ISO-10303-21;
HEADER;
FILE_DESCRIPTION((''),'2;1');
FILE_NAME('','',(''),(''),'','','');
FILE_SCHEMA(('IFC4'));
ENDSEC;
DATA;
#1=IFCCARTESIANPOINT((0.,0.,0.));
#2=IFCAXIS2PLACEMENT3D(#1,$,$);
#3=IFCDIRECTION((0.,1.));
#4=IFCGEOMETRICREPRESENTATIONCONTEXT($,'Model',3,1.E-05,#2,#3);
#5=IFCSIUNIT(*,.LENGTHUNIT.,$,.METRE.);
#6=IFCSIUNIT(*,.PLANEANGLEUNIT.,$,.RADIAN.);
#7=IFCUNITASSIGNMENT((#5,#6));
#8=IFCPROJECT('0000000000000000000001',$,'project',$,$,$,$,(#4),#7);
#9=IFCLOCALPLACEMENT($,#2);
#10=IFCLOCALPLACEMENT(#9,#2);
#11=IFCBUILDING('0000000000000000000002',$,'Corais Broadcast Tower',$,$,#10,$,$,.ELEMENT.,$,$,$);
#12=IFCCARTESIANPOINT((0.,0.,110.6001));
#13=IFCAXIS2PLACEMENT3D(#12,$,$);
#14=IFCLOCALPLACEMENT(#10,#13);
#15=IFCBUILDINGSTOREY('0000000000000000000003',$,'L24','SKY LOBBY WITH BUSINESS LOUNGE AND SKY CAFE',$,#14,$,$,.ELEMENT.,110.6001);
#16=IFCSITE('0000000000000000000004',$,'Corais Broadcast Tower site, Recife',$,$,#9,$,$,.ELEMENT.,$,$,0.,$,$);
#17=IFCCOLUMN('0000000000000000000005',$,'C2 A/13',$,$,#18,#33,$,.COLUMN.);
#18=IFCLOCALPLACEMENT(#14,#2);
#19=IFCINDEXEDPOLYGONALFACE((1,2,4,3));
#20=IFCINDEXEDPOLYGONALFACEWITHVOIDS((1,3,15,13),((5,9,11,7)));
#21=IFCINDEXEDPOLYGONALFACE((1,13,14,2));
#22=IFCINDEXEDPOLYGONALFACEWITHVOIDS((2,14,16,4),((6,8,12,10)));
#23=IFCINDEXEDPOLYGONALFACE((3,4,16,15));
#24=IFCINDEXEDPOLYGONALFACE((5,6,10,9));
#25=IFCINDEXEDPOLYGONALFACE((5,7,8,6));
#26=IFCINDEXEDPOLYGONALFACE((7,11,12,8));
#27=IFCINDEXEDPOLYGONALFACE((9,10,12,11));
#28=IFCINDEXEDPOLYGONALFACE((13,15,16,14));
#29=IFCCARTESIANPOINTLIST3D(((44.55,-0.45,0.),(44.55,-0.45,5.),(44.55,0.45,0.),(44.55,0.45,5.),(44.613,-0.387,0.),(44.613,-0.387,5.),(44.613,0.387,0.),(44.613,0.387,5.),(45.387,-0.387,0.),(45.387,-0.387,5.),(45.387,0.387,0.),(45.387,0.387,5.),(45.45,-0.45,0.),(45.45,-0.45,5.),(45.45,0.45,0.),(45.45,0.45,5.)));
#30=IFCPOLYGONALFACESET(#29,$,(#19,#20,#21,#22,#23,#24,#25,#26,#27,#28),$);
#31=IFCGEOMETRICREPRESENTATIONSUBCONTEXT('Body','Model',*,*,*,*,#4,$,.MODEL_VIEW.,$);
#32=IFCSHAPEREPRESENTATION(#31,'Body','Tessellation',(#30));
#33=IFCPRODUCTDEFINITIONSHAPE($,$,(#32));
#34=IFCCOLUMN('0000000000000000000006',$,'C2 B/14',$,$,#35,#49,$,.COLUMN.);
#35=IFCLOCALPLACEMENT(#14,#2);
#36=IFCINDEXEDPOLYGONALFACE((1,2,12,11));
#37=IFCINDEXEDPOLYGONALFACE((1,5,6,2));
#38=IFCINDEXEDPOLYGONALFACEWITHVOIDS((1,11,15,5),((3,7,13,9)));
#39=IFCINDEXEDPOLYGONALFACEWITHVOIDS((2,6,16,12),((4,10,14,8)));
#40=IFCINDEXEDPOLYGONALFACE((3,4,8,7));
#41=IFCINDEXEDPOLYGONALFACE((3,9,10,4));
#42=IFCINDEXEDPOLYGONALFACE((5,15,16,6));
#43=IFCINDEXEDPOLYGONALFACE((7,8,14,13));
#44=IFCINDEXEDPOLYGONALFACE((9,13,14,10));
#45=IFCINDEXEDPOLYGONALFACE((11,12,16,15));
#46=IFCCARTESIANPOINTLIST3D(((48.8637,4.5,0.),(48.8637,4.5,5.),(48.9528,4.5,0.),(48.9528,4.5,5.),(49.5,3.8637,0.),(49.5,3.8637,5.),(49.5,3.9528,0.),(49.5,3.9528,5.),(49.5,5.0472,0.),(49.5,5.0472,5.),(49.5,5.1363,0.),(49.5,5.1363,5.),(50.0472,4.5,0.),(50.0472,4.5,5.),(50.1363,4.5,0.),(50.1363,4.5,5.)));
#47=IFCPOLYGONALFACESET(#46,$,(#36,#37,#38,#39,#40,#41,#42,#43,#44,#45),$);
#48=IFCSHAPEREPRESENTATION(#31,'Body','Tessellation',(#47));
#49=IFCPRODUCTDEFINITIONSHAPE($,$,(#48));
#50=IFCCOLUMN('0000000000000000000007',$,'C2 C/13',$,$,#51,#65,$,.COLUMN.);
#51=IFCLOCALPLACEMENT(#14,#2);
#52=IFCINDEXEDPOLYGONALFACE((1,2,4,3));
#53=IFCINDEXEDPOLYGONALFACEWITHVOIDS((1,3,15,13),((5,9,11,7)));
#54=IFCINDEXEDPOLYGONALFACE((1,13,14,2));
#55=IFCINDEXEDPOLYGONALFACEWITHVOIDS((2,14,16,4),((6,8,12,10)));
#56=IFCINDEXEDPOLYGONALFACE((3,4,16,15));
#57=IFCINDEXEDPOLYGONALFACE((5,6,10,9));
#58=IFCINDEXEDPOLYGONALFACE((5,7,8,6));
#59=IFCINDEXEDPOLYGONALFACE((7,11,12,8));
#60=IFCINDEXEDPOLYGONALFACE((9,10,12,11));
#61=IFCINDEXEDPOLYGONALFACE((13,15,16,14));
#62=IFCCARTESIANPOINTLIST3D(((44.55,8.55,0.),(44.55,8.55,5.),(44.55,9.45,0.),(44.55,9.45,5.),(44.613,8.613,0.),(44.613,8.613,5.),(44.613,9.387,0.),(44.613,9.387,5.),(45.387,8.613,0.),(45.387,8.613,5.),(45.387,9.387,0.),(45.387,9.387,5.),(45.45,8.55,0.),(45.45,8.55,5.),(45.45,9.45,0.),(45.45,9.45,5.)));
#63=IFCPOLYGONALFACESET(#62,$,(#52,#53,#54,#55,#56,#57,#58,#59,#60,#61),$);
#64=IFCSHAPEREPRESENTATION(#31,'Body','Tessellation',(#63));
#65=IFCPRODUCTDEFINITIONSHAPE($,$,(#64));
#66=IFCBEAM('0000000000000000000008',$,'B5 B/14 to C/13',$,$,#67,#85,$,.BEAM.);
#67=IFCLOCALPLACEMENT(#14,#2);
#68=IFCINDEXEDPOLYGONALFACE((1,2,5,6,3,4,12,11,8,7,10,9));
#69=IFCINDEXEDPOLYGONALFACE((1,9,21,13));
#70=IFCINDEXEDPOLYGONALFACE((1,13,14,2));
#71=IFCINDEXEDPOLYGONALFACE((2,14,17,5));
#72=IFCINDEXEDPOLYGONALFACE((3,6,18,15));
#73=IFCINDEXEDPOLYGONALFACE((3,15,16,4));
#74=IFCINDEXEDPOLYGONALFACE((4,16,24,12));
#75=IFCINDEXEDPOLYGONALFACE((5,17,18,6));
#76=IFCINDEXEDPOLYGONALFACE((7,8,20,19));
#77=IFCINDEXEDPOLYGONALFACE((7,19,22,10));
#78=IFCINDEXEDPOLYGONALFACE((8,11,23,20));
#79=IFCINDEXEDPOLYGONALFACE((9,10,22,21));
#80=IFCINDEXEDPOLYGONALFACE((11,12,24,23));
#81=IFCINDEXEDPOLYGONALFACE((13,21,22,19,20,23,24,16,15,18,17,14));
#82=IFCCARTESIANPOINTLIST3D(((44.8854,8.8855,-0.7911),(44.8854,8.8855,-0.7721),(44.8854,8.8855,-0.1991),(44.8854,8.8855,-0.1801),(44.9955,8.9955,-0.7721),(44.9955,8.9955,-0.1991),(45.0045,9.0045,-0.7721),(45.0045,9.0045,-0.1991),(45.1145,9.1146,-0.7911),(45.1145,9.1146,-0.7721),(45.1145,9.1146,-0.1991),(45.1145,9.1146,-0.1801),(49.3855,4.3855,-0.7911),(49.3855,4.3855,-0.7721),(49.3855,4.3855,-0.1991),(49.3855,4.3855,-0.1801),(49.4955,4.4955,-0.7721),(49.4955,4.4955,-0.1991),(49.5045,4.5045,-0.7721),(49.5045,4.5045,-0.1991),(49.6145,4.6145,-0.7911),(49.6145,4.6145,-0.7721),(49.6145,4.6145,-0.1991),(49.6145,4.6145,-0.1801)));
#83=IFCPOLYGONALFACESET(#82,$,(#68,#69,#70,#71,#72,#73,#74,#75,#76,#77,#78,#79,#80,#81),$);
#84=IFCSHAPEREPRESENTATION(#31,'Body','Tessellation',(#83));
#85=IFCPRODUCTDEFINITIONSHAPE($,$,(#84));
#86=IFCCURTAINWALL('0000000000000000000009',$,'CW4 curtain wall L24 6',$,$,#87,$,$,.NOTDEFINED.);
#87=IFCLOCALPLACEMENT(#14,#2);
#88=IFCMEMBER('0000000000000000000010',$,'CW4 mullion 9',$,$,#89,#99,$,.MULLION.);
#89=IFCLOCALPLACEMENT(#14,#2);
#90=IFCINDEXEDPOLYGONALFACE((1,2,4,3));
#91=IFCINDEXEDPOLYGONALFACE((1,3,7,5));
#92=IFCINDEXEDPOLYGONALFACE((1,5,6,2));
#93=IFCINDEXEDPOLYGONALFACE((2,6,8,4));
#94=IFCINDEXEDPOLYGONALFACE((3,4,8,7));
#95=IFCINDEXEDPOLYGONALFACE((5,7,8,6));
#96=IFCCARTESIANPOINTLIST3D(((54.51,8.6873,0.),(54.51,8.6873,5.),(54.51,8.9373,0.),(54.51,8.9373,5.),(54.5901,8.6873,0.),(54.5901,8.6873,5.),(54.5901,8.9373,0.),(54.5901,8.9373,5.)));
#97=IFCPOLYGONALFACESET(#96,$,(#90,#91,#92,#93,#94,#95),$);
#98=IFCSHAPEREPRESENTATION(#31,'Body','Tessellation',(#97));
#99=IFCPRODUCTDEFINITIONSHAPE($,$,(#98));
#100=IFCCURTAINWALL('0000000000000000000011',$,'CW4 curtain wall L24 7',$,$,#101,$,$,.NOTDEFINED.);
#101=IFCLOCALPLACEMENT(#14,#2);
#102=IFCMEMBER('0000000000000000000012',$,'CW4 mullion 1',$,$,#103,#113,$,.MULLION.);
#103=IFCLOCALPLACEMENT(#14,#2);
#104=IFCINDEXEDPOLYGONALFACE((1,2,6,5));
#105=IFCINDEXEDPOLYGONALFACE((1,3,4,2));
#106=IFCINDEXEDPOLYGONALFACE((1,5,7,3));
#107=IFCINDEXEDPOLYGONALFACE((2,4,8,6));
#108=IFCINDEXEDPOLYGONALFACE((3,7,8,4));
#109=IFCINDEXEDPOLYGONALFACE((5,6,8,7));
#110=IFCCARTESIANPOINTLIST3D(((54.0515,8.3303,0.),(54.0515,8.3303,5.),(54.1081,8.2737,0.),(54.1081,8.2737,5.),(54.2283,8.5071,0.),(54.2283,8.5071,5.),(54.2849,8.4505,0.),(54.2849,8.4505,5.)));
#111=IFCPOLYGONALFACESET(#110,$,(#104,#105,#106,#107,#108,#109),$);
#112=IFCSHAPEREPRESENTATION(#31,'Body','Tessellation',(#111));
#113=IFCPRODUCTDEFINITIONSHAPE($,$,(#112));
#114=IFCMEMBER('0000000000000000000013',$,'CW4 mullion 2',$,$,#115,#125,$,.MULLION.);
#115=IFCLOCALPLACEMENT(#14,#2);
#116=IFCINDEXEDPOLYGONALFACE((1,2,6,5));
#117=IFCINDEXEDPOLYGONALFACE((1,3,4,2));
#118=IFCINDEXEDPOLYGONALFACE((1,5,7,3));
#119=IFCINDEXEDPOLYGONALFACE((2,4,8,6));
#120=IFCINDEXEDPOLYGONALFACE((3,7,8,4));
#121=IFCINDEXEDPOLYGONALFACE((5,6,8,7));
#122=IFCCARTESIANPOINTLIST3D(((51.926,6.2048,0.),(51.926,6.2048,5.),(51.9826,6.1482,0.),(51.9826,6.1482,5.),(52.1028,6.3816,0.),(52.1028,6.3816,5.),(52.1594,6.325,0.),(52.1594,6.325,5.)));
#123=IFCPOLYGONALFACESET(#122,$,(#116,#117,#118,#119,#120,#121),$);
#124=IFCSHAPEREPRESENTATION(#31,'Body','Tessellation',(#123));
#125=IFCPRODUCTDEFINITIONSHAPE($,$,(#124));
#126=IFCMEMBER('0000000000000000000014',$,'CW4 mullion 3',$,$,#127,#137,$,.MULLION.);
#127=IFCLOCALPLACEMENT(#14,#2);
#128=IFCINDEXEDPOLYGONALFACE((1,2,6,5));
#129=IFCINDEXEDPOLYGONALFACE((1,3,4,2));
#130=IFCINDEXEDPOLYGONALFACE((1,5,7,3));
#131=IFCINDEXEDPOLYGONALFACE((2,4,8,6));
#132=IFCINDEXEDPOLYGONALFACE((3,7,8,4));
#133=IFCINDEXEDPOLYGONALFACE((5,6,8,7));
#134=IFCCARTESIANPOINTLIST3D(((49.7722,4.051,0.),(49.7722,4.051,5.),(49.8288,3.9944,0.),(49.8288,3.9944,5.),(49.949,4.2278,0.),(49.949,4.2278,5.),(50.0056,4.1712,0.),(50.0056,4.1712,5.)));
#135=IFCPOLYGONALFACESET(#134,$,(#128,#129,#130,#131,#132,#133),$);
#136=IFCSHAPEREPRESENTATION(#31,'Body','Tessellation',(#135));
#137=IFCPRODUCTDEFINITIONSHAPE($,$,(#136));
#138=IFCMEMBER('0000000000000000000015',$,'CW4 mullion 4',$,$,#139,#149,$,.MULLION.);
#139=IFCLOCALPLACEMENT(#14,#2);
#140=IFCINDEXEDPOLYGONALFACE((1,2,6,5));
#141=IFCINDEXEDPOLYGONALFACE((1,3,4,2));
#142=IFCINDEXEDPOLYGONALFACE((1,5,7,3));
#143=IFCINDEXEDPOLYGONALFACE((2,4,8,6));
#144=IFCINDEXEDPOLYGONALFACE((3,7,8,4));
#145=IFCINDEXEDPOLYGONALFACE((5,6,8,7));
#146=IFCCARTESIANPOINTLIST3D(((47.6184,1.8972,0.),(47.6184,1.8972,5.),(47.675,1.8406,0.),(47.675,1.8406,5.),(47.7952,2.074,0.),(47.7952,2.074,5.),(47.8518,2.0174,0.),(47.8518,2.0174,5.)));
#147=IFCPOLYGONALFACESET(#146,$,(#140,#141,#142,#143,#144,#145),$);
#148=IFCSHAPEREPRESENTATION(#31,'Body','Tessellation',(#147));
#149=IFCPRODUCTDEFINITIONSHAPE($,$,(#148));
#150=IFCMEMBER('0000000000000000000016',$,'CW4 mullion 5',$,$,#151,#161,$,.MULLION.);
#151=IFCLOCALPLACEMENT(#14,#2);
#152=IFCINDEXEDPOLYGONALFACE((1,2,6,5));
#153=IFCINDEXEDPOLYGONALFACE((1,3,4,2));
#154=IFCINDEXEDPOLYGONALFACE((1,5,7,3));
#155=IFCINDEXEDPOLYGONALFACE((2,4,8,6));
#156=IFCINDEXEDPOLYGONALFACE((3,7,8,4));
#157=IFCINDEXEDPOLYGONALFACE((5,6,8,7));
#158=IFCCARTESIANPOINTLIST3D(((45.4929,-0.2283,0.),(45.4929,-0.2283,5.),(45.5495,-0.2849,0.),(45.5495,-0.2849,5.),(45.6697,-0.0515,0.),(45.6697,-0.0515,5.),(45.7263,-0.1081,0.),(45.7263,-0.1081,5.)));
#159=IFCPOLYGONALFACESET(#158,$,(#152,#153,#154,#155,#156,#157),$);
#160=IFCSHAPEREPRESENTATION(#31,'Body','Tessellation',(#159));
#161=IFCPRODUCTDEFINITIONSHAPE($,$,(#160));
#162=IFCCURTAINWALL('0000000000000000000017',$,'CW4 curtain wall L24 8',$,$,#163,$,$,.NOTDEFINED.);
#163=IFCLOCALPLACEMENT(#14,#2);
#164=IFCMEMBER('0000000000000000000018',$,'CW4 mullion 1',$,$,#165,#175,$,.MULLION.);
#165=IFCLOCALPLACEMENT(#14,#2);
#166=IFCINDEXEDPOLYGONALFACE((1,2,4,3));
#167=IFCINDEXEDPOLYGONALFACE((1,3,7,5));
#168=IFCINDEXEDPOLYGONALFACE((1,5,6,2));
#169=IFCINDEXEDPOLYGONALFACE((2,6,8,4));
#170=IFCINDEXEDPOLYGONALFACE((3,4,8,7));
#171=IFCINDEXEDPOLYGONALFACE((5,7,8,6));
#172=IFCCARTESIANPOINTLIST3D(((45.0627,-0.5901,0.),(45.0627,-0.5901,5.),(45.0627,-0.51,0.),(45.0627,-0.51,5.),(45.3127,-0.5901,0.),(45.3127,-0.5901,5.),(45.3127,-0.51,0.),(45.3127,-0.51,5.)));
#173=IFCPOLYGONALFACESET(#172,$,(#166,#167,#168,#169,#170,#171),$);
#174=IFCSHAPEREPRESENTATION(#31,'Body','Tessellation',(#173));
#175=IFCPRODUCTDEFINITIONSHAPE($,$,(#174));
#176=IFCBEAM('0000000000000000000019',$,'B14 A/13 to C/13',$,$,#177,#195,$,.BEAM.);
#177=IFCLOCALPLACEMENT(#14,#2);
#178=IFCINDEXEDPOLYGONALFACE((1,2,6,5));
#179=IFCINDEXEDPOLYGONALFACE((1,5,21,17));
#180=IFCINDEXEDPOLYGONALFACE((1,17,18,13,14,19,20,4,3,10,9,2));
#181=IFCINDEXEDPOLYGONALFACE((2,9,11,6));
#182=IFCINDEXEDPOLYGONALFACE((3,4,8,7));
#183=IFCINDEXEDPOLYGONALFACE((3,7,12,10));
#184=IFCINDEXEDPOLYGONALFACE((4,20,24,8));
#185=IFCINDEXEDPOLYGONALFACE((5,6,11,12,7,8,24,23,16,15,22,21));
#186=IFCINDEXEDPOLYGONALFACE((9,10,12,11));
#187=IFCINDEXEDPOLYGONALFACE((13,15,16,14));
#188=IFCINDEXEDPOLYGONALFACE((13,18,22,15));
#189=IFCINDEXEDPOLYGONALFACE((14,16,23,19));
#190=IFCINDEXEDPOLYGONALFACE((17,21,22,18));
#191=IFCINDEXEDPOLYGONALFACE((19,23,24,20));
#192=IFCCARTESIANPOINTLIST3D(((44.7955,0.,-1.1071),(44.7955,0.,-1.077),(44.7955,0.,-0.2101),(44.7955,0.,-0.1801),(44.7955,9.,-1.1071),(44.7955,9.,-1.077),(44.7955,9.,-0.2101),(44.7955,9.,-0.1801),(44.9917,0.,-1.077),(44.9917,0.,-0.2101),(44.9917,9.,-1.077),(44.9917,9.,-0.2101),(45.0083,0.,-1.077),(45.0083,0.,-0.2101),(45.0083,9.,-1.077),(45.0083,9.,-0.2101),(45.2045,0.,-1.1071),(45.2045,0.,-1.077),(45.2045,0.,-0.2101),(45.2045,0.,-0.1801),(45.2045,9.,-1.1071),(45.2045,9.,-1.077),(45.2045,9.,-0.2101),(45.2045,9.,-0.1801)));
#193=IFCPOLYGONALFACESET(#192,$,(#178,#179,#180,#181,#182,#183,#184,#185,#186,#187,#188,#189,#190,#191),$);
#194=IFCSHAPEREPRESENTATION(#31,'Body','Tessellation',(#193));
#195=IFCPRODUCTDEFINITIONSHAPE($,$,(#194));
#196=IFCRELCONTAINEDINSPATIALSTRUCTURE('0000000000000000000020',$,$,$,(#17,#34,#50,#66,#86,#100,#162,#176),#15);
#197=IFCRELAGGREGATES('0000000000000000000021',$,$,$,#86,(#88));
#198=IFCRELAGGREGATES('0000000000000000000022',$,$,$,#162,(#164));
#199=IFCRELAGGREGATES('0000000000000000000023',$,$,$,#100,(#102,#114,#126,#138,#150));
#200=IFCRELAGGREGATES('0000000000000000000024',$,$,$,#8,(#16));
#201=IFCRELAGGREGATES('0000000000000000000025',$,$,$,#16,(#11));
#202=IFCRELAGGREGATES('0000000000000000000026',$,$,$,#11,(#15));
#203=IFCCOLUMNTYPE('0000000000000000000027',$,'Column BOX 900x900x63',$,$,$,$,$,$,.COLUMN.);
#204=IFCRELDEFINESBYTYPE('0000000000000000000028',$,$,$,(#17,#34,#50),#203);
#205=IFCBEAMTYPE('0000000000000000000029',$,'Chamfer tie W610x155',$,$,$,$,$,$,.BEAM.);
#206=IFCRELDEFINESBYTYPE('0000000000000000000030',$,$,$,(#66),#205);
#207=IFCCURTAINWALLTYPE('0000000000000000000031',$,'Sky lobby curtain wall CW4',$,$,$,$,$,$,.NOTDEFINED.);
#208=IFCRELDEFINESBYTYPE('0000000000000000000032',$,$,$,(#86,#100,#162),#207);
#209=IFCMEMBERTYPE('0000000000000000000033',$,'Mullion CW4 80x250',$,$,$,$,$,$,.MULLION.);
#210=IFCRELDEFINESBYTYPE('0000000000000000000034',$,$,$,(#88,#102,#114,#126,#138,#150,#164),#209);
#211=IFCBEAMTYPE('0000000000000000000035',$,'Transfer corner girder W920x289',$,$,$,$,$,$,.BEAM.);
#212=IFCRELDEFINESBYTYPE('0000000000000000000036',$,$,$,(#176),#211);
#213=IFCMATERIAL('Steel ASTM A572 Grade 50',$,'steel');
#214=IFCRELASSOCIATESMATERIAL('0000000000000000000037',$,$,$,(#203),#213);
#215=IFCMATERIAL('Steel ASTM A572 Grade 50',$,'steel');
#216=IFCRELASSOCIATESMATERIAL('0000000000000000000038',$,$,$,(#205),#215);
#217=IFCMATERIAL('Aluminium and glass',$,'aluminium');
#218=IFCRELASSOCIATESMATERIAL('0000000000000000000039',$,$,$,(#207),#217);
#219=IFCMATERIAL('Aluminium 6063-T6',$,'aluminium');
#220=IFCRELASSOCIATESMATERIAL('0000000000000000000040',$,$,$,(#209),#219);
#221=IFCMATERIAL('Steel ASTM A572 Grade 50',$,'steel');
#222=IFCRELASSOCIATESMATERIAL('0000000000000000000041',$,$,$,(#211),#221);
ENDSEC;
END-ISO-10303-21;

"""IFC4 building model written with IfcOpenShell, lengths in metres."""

from ifc_helpers import new_model, si_unit, direction, frame, origin, origin_2d, place, context, subcontext, project, spatial, rectangle, hollow_rectangle, i_section, extrude, material, material_profile, profile_set, type_object, element, aggregate, save


model = new_model("IFC4")

# Units and contexts
model_context = context("Model", 3, precision=1e-05, world=origin(), true_north=direction((0.0, 1.0)))
body_context = subcontext(model_context, "Body", "Model", "MODEL_VIEW")
ifc_project = project(units=[si_unit("LENGTHUNIT", "METRE"), si_unit("PLANEANGLEUNIT", "RADIAN")], contexts=[model_context])

# Site, building, storey
site_placement = place(None, origin())
site = spatial("IfcSite", under=ifc_project, at=site_placement, Name="Corais Broadcast Tower site, Recife", CompositionType="ELEMENT", RefElevation=0.0)
building_placement = place(site_placement, origin())
building = spatial("IfcBuilding", under=site, at=building_placement, Name="Corais Broadcast Tower", CompositionType="ELEMENT")
storey_placement = place(building_placement, frame((0.0, 0.0, 110.6001)))
storey = spatial("IfcBuildingStorey", under=building, at=storey_placement, Name="L24", Description="SKY LOBBY WITH BUSINESS LOUNGE AND SKY CAFE", CompositionType="ELEMENT", Elevation=110.6001)

# Columns
ifc_material_1 = material(Name="Steel ASTM A572 Grade 50", Category="steel")
ifc_material_profile_1 = material_profile(ifc_material_1, hollow_rectangle(XDim=0.8999, YDim=0.8999, WallThickness=0.063, at=origin_2d()), Name="BOX 900x900x63")
ifc_profile_set_1 = profile_set([ifc_material_profile_1], Name="Steel ASTM A572 Grade 50")
column_type = type_object("IfcColumnType", Name="Column BOX 900x900x63", PredefinedType="COLUMN", material=ifc_profile_set_1)
for number, where, z_axis, x_axis, name in (
    (1, (45.0, 0.0, 0.0), (0.0, 0.0, 1.0), (1.0, 0.0, 0.0), "C2 A/13"),
    (2, (49.5, 4.5, 0.0), (0.0, 0.0, 1.0), (0.707107, 0.707107, 0.0), "C2 B/14"),
    (3, (45.0, 9.0, 0.0), (0.0, 0.0, 1.0), (1.0, 0.0, 0.0), "C2 C/13"),
):
    element("IfcColumn", number, at=place(storey_placement, frame(where, z_axis=z_axis, x_axis=x_axis)), inside=storey, type_object=column_type, Name=name, PredefinedType="COLUMN", context=body_context, shape_type="SweptSolid", body=[
        extrude(hollow_rectangle(XDim=0.8999, YDim=0.8999, WallThickness=0.063, at=origin_2d()), origin(), (0.0, 0.0, 1.0), 5.0),
    ])

# Beam
ifc_material_2 = material(Name="Steel ASTM A572 Grade 50", Category="steel")
ifc_material_profile_2 = material_profile(ifc_material_2, i_section(OverallWidth=0.324, OverallDepth=0.6111, WebThickness=0.0127, FlangeThickness=0.019, at=origin_2d()), Name="W610x155")
ifc_profile_set_2 = profile_set([ifc_material_profile_2], Name="Steel ASTM A572 Grade 50")
beam_type_1 = type_object("IfcBeamType", Name="Chamfer tie W610x155", PredefinedType="BEAM", material=ifc_profile_set_2)
beam_1_placement = place(storey_placement, frame((49.5, 4.5, -0.4856), z_axis=(-0.707107, 0.707107, 0.0), x_axis=(-0.707107, -0.707107, 0.0)))
element("IfcBeam", 4, at=beam_1_placement, inside=storey, type_object=beam_type_1, Name="B5 B/14 to C/13", PredefinedType="BEAM", context=body_context, shape_type="SweptSolid", body=[
    extrude(i_section(OverallWidth=0.324, OverallDepth=0.6111, WebThickness=0.0127, FlangeThickness=0.019, at=origin_2d()), origin(), (0.0, 0.0, 1.0), 6.364),
])

# Curtain wall, member
ifc_material_3 = material(Name="Aluminium and glass", Category="aluminium")
curtain_wall_type = type_object("IfcCurtainWallType", Name="Sky lobby curtain wall CW4", PredefinedType="NOTDEFINED", material=ifc_material_3)
curtain_wall_1_placement = place(storey_placement, origin())
curtain_wall_1 = element("IfcCurtainWall", 5, at=curtain_wall_1_placement, inside=storey, type_object=curtain_wall_type, Name="CW4 curtain wall L24 6", PredefinedType="NOTDEFINED")
ifc_material_4 = material(Name="Aluminium 6063-T6", Category="aluminium")
ifc_material_profile_3 = material_profile(ifc_material_4, rectangle(XDim=0.0801, YDim=0.25, at=origin_2d()), Name="Mullion CW4 80x250")
ifc_profile_set_3 = profile_set([ifc_material_profile_3], Name="Aluminium 6063-T6")
member_type_1 = type_object("IfcMemberType", Name="Mullion CW4 80x250", PredefinedType="MULLION", material=ifc_profile_set_3)
member_1_placement = place(storey_placement, frame((54.55, 8.8123, 0.0), z_axis=(0.0, 0.0, 1.0), x_axis=(1.0, 0.0, 0.0)))
member_1 = element("IfcMember", 6, at=member_1_placement, type_object=member_type_1, Name="CW4 mullion 9", PredefinedType="MULLION", context=body_context, shape_type="SweptSolid", body=[
    extrude(rectangle(XDim=0.0801, YDim=0.25, at=origin_2d()), origin(), (0.0, 0.0, 1.0), 5.0),
])
aggregate(curtain_wall_1, [member_1])

# Curtain wall, members
curtain_wall_2_placement = place(storey_placement, origin())
curtain_wall_2 = element("IfcCurtainWall", 7, at=curtain_wall_2_placement, inside=storey, type_object=curtain_wall_type, Name="CW4 curtain wall L24 7", PredefinedType="NOTDEFINED")
member_2_placement = place(storey_placement, frame((54.1682, 8.3904, 0.0), z_axis=(0.0, 0.0, 1.0), x_axis=(0.707107, -0.707107, 0.0)))
member_2 = element("IfcMember", 8, at=member_2_placement, type_object=member_type_1, Name="CW4 mullion 1", PredefinedType="MULLION", context=body_context, shape_type="SweptSolid", body=[
    extrude(rectangle(XDim=0.0801, YDim=0.25, at=origin_2d()), origin(), (0.0, 0.0, 1.0), 5.0),
])
member_3_placement = place(storey_placement, frame((52.0427, 6.2649, 0.0), z_axis=(0.0, 0.0, 1.0), x_axis=(0.707107, -0.707107, 0.0)))
member_3 = element("IfcMember", 9, at=member_3_placement, type_object=member_type_1, Name="CW4 mullion 2", PredefinedType="MULLION", context=body_context, shape_type="SweptSolid", body=[
    extrude(rectangle(XDim=0.0801, YDim=0.25, at=origin_2d()), origin(), (0.0, 0.0, 1.0), 5.0),
])
member_4_placement = place(storey_placement, frame((49.8889, 4.1111, 0.0), z_axis=(0.0, 0.0, 1.0), x_axis=(0.707107, -0.707107, 0.0)))
member_4 = element("IfcMember", 10, at=member_4_placement, type_object=member_type_1, Name="CW4 mullion 3", PredefinedType="MULLION", context=body_context, shape_type="SweptSolid", body=[
    extrude(rectangle(XDim=0.0801, YDim=0.25, at=origin_2d()), origin(), (0.0, 0.0, 1.0), 5.0),
])
member_5_placement = place(storey_placement, frame((47.7351, 1.9573, 0.0), z_axis=(0.0, 0.0, 1.0), x_axis=(0.707107, -0.707107, 0.0)))
member_5 = element("IfcMember", 11, at=member_5_placement, type_object=member_type_1, Name="CW4 mullion 4", PredefinedType="MULLION", context=body_context, shape_type="SweptSolid", body=[
    extrude(rectangle(XDim=0.0801, YDim=0.25, at=origin_2d()), origin(), (0.0, 0.0, 1.0), 5.0),
])
member_6_placement = place(storey_placement, frame((45.6096, -0.1682, 0.0), z_axis=(0.0, 0.0, 1.0), x_axis=(0.707107, -0.707107, 0.0)))
member_6 = element("IfcMember", 12, at=member_6_placement, type_object=member_type_1, Name="CW4 mullion 5", PredefinedType="MULLION", context=body_context, shape_type="SweptSolid", body=[
    extrude(rectangle(XDim=0.0801, YDim=0.25, at=origin_2d()), origin(), (0.0, 0.0, 1.0), 5.0),
])

# Curtain wall, member
curtain_wall_3_placement = place(storey_placement, origin())
curtain_wall_3 = element("IfcCurtainWall", 13, at=curtain_wall_3_placement, inside=storey, type_object=curtain_wall_type, Name="CW4 curtain wall L24 8", PredefinedType="NOTDEFINED")
member_7_placement = place(storey_placement, frame((45.1877, -0.55, 0.0), z_axis=(0.0, 0.0, 1.0), x_axis=(0.0, -1.0, 0.0)))
member_7 = element("IfcMember", 14, at=member_7_placement, type_object=member_type_1, Name="CW4 mullion 1", PredefinedType="MULLION", context=body_context, shape_type="SweptSolid", body=[
    extrude(rectangle(XDim=0.0801, YDim=0.25, at=origin_2d()), origin(), (0.0, 0.0, 1.0), 5.0),
])

# Beam
ifc_material_5 = material(Name="Steel ASTM A572 Grade 50", Category="steel")
ifc_material_profile_4 = material_profile(ifc_material_5, i_section(OverallWidth=0.4089, OverallDepth=0.927, WebThickness=0.0166, FlangeThickness=0.03, at=origin_2d()), Name="W920x289")
ifc_profile_set_4 = profile_set([ifc_material_profile_4], Name="Steel ASTM A572 Grade 50")
beam_type_2 = type_object("IfcBeamType", Name="Transfer corner girder W920x289", PredefinedType="BEAM", material=ifc_profile_set_4)
beam_2_placement = place(storey_placement, frame((45.0, 0.0, -0.6436), z_axis=(0.0, 1.0, 0.0), x_axis=(-1.0, 0.0, 0.0)))
element("IfcBeam", 15, at=beam_2_placement, inside=storey, type_object=beam_type_2, Name="B14 A/13 to C/13", PredefinedType="BEAM", context=body_context, shape_type="SweptSolid", body=[
    extrude(i_section(OverallWidth=0.4089, OverallDepth=0.927, WebThickness=0.0166, FlangeThickness=0.03, at=origin_2d()), origin(), (0.0, 0.0, 1.0), 9.0),
])

aggregate(curtain_wall_3, [member_7])
aggregate(curtain_wall_2, [member_2, member_3, member_4, member_5, member_6])

save(model, "model.ifc")
